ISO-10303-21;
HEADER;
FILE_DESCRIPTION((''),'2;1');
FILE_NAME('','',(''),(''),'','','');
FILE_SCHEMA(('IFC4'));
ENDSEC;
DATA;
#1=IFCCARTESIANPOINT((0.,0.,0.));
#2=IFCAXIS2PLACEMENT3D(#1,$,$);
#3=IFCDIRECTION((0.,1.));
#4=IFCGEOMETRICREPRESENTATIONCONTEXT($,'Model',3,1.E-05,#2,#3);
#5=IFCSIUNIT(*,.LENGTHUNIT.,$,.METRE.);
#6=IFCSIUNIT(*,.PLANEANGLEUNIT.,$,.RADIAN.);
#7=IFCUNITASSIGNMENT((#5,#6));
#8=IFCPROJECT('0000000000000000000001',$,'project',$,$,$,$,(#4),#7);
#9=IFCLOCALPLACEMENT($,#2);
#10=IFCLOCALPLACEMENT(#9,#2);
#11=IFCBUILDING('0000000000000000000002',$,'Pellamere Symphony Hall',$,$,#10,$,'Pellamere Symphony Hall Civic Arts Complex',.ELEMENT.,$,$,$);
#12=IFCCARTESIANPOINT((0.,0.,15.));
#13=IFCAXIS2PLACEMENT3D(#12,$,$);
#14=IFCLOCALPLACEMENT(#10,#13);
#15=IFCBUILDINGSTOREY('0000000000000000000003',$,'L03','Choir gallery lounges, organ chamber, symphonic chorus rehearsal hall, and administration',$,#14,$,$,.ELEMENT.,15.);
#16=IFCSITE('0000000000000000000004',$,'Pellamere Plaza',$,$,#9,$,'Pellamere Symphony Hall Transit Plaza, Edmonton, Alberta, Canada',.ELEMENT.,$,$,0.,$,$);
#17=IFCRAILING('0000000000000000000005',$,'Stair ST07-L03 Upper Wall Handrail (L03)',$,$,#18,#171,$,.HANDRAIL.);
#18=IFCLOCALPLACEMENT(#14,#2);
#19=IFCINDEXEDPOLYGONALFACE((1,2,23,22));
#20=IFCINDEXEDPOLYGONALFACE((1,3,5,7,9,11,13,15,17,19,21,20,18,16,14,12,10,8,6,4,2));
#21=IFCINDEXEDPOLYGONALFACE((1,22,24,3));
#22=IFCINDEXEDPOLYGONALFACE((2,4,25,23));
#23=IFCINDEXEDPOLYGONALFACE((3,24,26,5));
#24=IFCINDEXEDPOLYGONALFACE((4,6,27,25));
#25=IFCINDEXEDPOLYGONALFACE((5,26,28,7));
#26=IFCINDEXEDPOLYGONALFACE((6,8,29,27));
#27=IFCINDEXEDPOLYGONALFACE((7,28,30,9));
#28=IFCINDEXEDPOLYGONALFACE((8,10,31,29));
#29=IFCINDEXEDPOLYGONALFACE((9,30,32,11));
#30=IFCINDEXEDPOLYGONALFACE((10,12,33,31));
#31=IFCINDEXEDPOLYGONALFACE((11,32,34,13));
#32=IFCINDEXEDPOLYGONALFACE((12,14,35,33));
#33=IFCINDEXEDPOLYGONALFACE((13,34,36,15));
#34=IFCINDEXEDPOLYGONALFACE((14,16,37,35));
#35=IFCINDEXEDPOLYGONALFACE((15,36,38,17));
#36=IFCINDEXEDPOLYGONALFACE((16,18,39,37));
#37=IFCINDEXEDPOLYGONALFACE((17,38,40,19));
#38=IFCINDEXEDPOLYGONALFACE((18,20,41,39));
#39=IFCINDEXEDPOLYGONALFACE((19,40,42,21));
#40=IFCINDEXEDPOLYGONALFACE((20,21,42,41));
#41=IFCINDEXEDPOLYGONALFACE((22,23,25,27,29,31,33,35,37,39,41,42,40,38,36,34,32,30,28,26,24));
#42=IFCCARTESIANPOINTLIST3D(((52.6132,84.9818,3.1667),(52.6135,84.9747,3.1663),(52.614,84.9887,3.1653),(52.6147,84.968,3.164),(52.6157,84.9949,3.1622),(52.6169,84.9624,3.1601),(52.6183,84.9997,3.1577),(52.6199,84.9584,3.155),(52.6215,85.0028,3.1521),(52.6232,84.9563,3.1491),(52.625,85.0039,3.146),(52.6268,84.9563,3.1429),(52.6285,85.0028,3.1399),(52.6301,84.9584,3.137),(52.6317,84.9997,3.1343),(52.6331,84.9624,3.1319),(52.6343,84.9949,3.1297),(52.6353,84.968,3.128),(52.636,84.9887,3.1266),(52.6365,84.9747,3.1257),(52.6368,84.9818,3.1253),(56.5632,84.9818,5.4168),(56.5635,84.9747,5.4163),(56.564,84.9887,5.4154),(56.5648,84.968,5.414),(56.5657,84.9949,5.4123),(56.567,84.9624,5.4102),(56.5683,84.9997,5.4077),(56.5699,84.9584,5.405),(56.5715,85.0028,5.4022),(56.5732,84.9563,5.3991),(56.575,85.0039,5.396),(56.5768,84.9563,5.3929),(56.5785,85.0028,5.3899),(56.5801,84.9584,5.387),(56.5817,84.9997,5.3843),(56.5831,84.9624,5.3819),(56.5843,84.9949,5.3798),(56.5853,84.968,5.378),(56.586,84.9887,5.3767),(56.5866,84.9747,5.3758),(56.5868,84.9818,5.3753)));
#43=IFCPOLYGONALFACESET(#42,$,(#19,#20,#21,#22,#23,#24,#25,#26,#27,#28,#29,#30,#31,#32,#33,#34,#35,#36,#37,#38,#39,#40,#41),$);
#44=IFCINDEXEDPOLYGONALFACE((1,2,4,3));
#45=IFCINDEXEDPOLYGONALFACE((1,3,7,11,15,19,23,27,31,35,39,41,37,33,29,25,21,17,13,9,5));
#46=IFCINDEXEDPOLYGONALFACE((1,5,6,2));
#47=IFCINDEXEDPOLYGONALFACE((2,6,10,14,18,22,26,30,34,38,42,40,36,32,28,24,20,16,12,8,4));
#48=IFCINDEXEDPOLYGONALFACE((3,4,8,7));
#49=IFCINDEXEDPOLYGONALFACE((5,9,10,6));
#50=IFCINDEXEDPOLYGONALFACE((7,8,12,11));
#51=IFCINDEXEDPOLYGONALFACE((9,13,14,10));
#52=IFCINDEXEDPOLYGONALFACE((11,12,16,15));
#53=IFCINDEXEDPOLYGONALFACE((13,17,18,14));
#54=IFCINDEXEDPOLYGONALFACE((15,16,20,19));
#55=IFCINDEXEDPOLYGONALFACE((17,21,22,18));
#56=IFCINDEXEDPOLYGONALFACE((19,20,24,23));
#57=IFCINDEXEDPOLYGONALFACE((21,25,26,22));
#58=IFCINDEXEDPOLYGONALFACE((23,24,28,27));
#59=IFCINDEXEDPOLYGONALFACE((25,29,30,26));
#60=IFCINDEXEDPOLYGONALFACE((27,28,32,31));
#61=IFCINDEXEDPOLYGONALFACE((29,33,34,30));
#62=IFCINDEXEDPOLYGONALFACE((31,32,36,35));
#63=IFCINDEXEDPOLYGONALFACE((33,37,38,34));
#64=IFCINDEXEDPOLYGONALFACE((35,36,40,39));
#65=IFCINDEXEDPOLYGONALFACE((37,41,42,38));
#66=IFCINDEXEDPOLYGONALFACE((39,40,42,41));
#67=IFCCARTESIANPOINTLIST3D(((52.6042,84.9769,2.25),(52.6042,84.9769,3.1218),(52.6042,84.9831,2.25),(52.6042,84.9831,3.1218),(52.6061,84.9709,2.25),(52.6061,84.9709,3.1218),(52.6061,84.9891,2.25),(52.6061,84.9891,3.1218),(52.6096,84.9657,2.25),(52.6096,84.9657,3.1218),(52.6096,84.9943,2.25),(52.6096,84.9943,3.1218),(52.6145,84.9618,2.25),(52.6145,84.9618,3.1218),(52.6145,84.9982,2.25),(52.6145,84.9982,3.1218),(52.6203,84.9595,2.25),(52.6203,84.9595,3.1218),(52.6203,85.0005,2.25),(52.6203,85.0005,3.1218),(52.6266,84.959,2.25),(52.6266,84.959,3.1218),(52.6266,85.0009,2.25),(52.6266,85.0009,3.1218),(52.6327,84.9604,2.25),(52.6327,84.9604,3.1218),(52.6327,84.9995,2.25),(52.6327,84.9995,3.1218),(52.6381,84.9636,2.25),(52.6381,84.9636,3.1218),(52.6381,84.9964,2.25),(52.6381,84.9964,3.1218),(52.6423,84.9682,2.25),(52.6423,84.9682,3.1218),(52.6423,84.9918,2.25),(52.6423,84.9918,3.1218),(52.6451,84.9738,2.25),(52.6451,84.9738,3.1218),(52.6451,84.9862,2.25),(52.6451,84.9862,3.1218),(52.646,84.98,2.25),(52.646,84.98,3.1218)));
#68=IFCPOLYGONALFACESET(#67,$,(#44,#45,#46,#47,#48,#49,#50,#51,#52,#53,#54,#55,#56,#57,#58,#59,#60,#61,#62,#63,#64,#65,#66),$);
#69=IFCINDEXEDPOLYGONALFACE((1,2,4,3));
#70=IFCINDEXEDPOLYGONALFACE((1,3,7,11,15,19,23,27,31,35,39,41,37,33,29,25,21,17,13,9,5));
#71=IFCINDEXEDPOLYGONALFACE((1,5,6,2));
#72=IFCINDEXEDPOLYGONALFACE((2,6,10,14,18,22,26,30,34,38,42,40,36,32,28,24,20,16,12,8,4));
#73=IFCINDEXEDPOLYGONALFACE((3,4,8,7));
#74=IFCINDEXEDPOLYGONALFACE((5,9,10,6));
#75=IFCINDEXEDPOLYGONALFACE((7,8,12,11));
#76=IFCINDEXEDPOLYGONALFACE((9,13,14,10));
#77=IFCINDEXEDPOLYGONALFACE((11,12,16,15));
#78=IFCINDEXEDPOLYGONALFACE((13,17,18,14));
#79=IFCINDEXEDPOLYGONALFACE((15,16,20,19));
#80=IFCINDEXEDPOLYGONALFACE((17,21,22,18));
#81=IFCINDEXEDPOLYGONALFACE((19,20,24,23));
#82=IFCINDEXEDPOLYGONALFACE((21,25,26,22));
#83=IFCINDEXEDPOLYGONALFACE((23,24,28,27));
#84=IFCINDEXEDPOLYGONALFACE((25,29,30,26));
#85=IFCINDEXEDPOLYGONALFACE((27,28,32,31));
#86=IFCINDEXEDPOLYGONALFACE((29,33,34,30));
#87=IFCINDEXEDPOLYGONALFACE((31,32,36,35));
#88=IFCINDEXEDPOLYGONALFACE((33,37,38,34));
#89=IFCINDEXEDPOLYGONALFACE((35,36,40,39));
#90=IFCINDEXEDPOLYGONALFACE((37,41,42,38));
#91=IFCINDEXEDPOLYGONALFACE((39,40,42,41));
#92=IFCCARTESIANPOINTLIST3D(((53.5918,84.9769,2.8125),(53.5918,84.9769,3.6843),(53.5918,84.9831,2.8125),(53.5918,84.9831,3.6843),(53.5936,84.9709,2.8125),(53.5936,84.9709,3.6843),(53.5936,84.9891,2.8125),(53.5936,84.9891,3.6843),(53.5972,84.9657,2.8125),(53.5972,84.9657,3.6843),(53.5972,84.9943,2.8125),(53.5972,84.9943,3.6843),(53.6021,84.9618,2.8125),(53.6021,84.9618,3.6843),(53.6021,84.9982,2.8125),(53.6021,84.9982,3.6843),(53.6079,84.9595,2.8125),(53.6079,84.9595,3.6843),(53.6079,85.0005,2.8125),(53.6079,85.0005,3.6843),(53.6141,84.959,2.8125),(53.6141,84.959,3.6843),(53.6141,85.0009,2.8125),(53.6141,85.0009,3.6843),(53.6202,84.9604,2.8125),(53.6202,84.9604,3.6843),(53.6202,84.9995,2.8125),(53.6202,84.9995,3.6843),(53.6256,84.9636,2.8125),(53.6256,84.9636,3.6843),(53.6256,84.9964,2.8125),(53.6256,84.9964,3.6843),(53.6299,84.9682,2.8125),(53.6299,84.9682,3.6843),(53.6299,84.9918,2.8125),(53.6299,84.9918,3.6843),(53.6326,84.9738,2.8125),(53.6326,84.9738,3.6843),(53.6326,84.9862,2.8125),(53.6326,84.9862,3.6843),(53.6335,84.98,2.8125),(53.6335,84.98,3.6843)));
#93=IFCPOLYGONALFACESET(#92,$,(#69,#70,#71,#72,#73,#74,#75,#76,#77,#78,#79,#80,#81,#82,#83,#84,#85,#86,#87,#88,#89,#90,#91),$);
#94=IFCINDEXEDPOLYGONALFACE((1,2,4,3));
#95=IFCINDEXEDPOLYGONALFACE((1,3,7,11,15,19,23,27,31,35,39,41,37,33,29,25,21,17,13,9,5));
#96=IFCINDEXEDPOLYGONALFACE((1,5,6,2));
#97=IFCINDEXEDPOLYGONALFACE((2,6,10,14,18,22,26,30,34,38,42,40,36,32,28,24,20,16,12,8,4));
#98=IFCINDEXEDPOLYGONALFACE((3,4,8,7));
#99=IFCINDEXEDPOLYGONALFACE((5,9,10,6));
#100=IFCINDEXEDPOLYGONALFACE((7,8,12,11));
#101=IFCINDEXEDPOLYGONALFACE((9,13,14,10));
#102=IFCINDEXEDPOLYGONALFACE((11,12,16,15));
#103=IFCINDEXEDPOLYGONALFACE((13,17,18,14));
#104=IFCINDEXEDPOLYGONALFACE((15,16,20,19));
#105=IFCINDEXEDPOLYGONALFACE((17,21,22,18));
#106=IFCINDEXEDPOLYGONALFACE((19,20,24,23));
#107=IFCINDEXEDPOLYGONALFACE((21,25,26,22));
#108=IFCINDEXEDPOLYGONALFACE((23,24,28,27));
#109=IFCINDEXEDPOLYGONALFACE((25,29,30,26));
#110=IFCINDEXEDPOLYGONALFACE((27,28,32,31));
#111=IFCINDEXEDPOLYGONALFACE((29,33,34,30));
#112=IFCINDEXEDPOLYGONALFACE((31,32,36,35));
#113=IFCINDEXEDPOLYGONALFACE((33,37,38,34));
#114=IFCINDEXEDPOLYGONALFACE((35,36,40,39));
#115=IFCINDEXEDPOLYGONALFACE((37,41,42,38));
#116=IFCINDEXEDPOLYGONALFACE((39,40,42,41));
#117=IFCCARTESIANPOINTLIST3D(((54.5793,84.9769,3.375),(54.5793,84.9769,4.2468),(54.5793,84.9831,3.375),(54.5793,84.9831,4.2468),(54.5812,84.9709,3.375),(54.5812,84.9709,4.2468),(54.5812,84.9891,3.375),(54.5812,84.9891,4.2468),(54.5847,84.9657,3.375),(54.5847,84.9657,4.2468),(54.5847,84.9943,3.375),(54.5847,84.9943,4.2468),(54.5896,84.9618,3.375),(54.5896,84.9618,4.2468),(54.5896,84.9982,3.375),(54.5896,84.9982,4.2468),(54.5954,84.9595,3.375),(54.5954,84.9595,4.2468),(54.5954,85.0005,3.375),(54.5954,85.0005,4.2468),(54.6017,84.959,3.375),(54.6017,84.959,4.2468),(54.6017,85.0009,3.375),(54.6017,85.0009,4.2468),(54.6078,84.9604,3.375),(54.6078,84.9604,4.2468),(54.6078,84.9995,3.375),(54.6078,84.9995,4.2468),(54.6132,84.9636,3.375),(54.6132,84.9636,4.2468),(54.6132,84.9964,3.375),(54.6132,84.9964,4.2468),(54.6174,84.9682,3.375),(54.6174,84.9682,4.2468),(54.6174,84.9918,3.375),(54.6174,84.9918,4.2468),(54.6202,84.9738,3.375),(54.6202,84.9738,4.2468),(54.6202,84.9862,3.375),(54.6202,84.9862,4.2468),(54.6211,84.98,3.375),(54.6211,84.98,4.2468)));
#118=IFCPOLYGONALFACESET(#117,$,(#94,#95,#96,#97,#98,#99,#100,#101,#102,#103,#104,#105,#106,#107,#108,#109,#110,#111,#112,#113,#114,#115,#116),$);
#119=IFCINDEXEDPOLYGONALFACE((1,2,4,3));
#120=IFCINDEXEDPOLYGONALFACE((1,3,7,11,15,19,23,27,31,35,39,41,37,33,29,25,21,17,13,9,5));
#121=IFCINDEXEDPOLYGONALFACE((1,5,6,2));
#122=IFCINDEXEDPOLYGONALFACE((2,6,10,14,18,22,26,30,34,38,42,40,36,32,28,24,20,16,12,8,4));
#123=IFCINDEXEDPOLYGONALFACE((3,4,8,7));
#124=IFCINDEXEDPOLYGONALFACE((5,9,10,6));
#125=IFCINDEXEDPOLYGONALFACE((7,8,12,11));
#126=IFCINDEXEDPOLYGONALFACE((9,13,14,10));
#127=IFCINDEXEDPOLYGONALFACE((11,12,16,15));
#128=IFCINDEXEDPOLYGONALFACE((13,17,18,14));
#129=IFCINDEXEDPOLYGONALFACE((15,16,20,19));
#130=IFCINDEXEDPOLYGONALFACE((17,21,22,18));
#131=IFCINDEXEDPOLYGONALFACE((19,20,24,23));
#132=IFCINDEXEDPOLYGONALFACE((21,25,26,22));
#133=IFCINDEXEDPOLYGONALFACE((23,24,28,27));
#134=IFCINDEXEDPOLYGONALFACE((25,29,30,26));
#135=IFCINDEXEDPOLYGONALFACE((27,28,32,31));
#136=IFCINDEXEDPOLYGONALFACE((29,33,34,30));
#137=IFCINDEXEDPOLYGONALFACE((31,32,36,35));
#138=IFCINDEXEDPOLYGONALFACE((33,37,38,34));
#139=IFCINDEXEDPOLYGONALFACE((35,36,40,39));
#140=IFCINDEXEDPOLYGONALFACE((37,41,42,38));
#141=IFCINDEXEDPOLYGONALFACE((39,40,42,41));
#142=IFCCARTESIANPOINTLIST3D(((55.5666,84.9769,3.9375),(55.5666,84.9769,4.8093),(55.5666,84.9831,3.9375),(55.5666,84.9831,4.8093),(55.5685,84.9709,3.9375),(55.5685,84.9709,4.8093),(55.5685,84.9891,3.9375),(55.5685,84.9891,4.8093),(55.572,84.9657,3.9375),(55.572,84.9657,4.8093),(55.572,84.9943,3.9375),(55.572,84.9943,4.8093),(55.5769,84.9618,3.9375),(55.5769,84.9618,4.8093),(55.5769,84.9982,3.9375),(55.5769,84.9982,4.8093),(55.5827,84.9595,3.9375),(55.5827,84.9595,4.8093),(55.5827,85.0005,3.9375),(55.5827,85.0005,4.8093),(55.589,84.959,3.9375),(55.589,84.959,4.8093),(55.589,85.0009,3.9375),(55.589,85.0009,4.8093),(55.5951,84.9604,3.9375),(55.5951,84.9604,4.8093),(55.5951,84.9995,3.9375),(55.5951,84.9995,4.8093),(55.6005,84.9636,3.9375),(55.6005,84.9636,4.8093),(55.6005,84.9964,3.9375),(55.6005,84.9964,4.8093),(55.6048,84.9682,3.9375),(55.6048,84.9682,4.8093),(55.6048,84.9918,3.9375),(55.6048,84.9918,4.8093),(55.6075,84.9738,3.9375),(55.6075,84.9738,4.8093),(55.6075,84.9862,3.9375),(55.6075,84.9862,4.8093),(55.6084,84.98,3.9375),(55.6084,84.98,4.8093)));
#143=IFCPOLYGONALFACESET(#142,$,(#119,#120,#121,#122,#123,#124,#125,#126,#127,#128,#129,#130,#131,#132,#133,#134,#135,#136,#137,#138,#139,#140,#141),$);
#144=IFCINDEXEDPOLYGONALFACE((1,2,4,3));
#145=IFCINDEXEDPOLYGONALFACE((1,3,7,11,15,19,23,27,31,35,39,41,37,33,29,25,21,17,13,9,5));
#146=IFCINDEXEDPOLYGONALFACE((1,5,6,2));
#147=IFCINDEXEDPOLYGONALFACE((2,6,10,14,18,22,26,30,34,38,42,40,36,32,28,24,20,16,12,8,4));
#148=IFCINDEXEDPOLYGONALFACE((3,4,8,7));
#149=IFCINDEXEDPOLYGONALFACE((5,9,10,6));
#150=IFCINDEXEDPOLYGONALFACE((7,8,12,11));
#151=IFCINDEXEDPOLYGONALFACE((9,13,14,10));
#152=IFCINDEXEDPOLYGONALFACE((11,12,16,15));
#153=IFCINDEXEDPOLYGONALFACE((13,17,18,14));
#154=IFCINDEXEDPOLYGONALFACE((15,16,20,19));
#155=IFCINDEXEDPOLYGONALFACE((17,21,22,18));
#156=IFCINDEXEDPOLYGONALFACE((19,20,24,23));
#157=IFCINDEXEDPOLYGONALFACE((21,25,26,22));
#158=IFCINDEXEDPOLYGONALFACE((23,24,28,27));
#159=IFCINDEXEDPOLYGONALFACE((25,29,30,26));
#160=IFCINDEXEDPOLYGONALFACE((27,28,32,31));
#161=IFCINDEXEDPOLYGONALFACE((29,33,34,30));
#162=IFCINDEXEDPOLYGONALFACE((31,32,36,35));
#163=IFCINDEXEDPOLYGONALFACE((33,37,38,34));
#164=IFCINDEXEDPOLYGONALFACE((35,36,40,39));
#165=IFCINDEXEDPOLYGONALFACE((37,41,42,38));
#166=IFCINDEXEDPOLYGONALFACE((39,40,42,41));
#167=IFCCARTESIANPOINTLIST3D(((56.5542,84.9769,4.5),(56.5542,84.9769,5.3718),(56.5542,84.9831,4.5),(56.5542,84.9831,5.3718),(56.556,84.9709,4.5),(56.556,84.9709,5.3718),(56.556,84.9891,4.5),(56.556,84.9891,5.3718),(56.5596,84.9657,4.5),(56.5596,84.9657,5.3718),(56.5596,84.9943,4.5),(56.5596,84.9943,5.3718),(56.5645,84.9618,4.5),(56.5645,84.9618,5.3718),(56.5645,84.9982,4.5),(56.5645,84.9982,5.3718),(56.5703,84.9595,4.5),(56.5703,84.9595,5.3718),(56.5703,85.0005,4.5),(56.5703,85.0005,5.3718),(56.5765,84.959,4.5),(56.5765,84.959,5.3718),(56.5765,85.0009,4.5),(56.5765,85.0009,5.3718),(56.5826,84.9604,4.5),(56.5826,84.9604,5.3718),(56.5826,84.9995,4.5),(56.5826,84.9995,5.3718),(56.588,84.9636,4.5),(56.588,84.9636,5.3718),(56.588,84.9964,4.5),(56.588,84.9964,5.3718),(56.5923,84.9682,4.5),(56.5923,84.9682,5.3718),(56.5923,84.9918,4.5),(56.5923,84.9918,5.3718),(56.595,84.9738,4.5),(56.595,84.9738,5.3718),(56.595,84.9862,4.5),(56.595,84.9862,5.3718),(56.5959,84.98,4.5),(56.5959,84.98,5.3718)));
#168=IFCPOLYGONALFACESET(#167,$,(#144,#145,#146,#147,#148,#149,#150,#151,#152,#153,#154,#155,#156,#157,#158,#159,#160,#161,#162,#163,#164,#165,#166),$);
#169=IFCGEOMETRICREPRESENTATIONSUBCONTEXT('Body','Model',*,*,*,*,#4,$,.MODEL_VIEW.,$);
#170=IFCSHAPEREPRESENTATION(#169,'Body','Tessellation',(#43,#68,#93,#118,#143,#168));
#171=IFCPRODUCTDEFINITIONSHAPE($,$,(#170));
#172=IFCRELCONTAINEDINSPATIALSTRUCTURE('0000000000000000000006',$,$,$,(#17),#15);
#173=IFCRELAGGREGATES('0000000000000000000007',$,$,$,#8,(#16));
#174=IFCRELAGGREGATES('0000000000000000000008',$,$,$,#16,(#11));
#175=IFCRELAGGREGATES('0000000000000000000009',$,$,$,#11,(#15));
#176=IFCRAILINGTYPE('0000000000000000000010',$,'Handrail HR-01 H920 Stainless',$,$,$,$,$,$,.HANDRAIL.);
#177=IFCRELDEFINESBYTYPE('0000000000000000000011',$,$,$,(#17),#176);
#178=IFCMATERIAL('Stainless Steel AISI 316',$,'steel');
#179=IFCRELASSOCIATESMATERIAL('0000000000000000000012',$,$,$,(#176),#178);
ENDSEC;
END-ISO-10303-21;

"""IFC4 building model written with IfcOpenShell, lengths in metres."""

from ifc_helpers import new_model, si_unit, direction, frame, origin, origin_2d, place, context, subcontext, project, spatial, circle, extrude, material, type_object, element, save


model = new_model("IFC4")

# Units and contexts
model_context = context("Model", 3, precision=1e-05, world=origin(), true_north=direction((0.0, 1.0)))
body_context = subcontext(model_context, "Body", "Model", "MODEL_VIEW")
ifc_project = project(units=[si_unit("LENGTHUNIT", "METRE"), si_unit("PLANEANGLEUNIT", "RADIAN")], contexts=[model_context])

# Site, building, storey
site_placement = place(None, origin())
site = spatial("IfcSite", under=ifc_project, at=site_placement, Name="Pellamere Plaza", LongName="Pellamere Symphony Hall Transit Plaza, Edmonton, Alberta, Canada", CompositionType="ELEMENT", RefElevation=0.0)
building_placement = place(site_placement, origin())
building = spatial("IfcBuilding", under=site, at=building_placement, Name="Pellamere Symphony Hall", LongName="Pellamere Symphony Hall Civic Arts Complex", CompositionType="ELEMENT")
storey_placement = place(building_placement, frame((0.0, 0.0, 15.0)))
storey = spatial("IfcBuildingStorey", under=building, at=storey_placement, Name="L03", Description="Choir gallery lounges, organ chamber, symphonic chorus rehearsal hall, and administration", CompositionType="ELEMENT", Elevation=15.0)

# Railing
ifc_material_1 = material(Name="Stainless Steel AISI 316", Category="steel")
railing_type_1 = type_object("IfcRailingType", Name="Handrail HR-01 H920 Stainless", PredefinedType="HANDRAIL", material=ifc_material_1)
railing_1_placement = place(storey_placement, frame((52.625, 84.98, 2.25)))
element("IfcRailing", 1, at=railing_1_placement, inside=storey, type_object=railing_type_1, Name="Stair ST07-L03 Upper Wall Handrail (L03)", PredefinedType="HANDRAIL", context=body_context, shape_type="SweptSolid", body=[
    extrude(circle(Radius=0.0239, at=origin_2d()), frame((0.0, 0.0, 0.896), z_axis=(0.868917, 0.0, 0.494959), x_axis=(0.0, 1.0, 0.0)), (0.0, 0.0, 1.0), 4.5459),
    extrude(circle(Radius=0.021, at=origin_2d()), origin(), (0.0, 0.0, 1.0), 0.8718),
    extrude(circle(Radius=0.021, at=origin_2d()), frame((0.9875, 0.0, 0.5625)), (0.0, 0.0, 1.0), 0.8718),
    extrude(circle(Radius=0.021, at=origin_2d()), frame((1.9751, 0.0, 1.125)), (0.0, 0.0, 1.0), 0.8718),
    extrude(circle(Radius=0.021, at=origin_2d()), frame((2.9624, 0.0, 1.6875)), (0.0, 0.0, 1.0), 0.8718),
    extrude(circle(Radius=0.021, at=origin_2d()), frame((3.95, 0.0, 2.25)), (0.0, 0.0, 1.0), 0.8718),
])

save(model, "model.ifc")
